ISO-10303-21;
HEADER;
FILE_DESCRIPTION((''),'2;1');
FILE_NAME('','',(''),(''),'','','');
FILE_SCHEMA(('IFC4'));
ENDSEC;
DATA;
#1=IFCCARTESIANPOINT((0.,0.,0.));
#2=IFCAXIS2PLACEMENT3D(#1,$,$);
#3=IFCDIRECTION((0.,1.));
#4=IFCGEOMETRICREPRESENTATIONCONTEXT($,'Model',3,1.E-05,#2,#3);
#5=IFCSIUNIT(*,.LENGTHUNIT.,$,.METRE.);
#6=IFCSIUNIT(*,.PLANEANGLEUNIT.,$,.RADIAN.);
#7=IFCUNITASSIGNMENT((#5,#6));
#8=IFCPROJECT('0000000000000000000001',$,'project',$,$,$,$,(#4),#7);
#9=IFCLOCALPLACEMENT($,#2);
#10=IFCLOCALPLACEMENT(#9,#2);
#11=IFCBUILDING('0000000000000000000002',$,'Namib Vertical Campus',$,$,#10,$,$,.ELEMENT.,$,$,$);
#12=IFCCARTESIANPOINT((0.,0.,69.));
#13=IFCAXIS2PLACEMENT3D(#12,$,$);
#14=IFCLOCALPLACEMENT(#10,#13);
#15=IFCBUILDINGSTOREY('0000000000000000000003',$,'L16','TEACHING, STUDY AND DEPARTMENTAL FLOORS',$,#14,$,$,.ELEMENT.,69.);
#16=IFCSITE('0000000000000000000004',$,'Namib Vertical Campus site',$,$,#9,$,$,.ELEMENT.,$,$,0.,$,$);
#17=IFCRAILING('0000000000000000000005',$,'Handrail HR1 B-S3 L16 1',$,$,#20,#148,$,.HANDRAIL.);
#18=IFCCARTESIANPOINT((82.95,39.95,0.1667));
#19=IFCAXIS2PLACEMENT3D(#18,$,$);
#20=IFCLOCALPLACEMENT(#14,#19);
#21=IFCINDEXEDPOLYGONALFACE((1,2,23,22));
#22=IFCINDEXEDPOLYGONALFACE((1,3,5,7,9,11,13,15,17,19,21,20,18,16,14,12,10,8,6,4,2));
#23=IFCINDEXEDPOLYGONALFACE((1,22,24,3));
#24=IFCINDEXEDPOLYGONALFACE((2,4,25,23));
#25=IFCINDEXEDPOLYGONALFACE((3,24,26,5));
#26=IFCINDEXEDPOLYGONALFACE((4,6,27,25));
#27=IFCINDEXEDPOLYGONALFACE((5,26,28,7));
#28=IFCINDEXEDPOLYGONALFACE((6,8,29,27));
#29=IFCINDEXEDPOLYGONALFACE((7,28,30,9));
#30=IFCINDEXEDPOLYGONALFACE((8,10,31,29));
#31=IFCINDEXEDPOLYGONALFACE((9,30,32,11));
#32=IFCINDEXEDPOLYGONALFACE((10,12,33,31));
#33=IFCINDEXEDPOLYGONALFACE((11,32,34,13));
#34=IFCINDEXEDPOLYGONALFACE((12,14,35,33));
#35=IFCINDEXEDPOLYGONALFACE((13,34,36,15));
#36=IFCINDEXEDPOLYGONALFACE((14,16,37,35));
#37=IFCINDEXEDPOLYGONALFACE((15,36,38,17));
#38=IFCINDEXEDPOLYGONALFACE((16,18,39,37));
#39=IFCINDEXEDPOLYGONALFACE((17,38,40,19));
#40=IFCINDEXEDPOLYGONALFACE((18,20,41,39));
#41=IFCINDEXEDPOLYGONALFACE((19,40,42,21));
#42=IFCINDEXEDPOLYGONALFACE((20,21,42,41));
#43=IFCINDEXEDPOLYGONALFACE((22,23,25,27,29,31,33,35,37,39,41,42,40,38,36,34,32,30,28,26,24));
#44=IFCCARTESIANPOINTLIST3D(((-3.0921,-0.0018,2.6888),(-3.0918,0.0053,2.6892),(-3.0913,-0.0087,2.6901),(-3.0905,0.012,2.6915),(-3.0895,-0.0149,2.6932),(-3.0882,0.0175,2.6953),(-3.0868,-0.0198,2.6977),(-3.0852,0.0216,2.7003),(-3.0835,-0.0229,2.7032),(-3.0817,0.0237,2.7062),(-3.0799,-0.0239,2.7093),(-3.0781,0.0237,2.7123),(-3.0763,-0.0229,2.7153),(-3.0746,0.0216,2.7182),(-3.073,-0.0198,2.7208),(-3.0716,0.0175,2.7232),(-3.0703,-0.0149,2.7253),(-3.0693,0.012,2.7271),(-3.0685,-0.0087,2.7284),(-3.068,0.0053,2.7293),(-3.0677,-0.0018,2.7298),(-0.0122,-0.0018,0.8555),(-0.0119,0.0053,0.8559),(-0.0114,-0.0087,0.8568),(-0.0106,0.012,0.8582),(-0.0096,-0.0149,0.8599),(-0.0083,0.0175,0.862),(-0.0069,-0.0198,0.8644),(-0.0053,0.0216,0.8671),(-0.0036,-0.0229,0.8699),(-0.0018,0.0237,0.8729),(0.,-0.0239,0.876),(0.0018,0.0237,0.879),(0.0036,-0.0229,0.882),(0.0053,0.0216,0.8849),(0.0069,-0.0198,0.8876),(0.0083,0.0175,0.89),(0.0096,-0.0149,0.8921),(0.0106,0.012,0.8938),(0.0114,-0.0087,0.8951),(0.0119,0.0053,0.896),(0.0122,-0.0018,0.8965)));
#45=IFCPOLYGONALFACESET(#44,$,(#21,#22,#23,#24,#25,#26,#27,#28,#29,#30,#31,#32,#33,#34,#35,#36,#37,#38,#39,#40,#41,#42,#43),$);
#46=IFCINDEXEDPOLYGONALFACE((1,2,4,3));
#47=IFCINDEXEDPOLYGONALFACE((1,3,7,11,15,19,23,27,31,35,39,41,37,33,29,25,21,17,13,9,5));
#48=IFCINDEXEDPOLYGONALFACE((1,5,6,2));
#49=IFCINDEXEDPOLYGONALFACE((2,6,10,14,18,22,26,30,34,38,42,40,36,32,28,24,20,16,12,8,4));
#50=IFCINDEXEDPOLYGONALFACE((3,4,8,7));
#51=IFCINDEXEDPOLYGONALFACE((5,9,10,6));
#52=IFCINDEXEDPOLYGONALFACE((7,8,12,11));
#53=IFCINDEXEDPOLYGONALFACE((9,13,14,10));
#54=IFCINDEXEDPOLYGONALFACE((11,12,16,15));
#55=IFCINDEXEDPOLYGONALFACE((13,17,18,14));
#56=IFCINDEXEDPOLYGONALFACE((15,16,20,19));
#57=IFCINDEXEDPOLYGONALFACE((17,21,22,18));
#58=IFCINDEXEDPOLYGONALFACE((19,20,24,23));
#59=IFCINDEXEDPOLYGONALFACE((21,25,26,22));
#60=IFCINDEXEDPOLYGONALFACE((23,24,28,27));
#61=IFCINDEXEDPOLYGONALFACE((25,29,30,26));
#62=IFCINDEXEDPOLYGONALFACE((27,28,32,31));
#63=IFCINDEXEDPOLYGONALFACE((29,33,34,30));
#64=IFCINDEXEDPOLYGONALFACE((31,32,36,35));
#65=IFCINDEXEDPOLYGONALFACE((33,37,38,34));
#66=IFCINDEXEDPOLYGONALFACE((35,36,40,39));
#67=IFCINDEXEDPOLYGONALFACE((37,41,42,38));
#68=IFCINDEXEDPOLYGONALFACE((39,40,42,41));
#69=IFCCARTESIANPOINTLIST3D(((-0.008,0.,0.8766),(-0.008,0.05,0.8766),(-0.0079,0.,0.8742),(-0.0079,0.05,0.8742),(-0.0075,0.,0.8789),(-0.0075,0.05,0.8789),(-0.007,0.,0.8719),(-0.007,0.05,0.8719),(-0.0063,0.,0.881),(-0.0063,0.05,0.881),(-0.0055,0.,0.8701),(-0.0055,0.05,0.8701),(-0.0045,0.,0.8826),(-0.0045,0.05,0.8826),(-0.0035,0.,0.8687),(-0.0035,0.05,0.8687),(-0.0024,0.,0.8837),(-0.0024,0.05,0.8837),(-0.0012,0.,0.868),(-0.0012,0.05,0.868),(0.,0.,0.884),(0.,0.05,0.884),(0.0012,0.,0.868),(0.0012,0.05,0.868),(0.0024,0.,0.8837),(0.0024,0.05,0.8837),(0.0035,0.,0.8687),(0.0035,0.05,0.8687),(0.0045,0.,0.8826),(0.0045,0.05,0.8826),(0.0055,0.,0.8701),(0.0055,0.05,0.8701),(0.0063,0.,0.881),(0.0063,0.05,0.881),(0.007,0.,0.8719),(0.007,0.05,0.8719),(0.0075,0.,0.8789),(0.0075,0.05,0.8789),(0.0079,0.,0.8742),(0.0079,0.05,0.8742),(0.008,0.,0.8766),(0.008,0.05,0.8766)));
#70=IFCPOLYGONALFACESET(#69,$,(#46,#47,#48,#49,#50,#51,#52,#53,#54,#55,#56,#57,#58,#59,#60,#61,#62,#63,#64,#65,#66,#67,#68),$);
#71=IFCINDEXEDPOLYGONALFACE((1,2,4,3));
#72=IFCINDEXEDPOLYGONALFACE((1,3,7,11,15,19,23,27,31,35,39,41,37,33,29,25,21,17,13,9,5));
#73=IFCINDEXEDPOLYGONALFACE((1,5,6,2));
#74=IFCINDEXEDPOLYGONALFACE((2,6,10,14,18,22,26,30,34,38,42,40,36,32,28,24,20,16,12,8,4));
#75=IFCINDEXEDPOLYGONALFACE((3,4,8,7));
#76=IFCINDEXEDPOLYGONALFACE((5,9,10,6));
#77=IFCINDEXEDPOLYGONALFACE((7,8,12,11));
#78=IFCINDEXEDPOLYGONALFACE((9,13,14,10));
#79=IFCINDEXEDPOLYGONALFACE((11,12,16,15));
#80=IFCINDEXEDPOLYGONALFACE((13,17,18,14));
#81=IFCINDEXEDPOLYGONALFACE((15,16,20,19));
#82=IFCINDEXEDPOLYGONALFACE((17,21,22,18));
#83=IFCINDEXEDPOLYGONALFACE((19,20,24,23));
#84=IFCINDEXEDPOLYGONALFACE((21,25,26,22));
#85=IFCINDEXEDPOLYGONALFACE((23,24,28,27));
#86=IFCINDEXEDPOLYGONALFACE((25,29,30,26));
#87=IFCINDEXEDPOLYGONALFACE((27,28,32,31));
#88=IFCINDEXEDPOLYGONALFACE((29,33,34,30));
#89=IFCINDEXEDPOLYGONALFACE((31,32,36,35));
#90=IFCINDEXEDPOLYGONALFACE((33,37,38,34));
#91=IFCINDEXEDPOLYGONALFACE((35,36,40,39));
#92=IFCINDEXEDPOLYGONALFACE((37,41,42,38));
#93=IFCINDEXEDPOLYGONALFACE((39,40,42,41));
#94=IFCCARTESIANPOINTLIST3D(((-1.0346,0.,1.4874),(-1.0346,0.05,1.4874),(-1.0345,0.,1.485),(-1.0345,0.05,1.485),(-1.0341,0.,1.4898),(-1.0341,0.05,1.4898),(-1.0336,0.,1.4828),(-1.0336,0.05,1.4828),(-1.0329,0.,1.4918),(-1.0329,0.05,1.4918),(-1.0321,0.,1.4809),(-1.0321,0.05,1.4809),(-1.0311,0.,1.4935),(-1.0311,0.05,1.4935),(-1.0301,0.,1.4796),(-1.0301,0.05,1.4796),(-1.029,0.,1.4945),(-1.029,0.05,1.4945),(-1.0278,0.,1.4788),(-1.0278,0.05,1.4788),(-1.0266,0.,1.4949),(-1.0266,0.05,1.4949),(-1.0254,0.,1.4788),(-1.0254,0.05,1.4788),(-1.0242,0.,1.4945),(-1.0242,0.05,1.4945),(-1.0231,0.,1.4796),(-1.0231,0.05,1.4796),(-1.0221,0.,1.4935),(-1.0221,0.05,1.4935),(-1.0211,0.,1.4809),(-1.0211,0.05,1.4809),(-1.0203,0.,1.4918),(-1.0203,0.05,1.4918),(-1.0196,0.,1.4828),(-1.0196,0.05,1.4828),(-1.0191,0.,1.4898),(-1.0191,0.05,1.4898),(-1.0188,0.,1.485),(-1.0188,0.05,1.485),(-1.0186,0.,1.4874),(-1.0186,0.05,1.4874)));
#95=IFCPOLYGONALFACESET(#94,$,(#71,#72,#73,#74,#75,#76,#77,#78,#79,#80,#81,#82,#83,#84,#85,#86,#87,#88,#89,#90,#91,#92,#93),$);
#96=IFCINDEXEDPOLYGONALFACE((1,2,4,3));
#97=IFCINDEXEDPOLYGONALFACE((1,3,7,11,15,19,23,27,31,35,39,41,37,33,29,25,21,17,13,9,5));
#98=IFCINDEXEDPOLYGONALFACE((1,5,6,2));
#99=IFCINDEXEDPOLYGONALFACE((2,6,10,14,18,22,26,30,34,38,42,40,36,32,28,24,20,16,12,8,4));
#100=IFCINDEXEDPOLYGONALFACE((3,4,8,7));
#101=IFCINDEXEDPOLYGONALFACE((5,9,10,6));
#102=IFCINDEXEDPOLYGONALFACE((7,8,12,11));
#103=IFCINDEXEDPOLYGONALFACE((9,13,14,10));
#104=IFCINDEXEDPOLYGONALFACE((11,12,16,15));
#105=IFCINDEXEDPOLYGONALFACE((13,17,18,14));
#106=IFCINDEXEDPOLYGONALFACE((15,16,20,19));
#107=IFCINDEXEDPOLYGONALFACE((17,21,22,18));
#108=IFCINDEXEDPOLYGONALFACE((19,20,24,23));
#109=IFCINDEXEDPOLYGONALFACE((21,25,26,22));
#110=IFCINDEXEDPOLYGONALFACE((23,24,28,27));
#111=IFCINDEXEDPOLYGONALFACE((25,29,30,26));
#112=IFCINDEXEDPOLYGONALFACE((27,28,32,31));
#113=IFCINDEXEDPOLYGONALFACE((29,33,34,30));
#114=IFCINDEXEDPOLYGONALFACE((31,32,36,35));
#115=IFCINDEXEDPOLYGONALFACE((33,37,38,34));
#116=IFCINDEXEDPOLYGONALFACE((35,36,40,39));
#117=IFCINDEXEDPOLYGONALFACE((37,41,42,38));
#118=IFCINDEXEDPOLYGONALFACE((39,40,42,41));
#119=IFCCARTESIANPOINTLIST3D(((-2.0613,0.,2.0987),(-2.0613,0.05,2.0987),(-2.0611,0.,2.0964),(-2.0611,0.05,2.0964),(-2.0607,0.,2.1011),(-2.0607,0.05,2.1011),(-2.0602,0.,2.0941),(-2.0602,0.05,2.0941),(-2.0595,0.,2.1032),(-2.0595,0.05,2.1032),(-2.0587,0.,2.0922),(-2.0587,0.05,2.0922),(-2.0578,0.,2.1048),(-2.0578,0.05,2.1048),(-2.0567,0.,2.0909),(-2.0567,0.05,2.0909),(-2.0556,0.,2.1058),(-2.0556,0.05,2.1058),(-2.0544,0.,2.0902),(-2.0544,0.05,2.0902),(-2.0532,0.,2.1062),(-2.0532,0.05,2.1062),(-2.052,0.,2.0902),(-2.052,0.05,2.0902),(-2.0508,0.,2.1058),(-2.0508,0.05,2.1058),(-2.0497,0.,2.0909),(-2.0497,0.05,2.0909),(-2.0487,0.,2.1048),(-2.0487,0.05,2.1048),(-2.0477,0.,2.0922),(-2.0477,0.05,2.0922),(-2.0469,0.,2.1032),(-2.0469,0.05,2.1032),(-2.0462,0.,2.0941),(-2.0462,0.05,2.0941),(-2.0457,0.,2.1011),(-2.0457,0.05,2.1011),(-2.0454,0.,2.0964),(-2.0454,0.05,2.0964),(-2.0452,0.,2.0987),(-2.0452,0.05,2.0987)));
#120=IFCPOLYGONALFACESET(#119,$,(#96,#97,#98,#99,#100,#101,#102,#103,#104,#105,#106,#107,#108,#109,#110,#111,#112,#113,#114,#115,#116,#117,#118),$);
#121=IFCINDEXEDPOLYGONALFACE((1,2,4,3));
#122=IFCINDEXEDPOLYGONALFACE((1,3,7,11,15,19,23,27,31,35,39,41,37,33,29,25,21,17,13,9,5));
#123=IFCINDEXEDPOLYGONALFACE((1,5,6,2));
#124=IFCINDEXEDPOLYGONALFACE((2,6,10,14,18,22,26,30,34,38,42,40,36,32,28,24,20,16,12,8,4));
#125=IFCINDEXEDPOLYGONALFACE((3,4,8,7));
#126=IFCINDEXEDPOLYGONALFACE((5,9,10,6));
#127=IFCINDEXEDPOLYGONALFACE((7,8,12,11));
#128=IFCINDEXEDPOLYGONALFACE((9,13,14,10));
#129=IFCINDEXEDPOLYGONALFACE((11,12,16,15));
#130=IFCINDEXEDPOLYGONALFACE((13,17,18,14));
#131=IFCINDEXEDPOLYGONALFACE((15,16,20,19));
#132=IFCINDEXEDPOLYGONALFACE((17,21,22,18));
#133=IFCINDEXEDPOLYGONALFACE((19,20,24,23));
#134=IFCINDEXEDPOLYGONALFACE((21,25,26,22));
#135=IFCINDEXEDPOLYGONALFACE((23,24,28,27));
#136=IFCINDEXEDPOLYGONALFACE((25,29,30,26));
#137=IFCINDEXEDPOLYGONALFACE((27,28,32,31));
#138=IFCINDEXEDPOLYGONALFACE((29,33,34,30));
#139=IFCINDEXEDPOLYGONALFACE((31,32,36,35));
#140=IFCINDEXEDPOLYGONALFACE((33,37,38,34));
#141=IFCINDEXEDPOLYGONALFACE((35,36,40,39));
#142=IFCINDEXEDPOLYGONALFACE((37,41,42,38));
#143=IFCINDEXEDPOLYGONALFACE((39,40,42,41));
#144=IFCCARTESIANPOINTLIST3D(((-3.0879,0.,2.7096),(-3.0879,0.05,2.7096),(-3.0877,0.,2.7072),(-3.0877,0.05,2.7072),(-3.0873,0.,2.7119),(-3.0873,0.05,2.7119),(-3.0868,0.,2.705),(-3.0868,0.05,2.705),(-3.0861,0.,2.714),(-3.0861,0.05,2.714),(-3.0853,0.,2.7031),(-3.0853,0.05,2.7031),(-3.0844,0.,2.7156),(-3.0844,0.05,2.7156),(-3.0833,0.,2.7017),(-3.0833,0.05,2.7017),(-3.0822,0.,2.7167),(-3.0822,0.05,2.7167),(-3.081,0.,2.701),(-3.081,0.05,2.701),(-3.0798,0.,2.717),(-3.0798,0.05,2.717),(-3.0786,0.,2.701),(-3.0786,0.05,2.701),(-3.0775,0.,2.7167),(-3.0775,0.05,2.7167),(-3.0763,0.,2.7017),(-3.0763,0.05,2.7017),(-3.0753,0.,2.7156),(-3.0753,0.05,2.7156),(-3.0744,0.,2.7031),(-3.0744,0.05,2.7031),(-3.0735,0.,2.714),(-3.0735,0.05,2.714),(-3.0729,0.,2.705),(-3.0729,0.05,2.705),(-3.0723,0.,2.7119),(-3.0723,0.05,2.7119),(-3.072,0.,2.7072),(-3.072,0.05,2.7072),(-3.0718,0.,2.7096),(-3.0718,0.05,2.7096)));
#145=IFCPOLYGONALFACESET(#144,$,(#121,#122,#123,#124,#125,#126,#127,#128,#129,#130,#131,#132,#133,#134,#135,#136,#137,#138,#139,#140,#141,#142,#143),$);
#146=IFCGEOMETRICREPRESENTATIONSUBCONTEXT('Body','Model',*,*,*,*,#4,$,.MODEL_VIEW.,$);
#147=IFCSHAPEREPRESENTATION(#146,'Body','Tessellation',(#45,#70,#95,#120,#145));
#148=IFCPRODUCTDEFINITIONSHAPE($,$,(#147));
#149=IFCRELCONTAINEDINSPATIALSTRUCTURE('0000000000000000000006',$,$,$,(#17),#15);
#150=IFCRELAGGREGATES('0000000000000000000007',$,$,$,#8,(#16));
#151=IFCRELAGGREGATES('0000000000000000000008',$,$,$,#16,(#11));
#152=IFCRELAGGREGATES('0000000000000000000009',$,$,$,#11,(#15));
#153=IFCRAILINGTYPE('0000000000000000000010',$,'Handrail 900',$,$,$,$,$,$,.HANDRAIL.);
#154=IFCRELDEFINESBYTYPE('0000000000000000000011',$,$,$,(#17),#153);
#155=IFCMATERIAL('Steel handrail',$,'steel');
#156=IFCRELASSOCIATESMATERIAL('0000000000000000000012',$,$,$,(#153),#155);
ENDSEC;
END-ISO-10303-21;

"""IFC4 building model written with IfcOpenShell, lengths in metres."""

from ifc_helpers import new_model, si_unit, direction, frame, origin, origin_2d, place, context, subcontext, project, spatial, circle, extrude, material, type_object, element, save


model = new_model("IFC4")

# Units and contexts
model_context = context("Model", 3, precision=1e-05, world=origin(), true_north=direction((0.0, 1.0)))
body_context = subcontext(model_context, "Body", "Model", "MODEL_VIEW")
ifc_project = project(units=[si_unit("LENGTHUNIT", "METRE"), si_unit("PLANEANGLEUNIT", "RADIAN")], contexts=[model_context])

# Site, building, storey
site_placement = place(None, origin())
site = spatial("IfcSite", under=ifc_project, at=site_placement, Name="Namib Vertical Campus site", CompositionType="ELEMENT", RefElevation=0.0)
building_placement = place(site_placement, origin())
building = spatial("IfcBuilding", under=site, at=building_placement, Name="Namib Vertical Campus", CompositionType="ELEMENT")
storey_placement = place(building_placement, frame((0.0, 0.0, 69.0)))
storey = spatial("IfcBuildingStorey", under=building, at=storey_placement, Name="L16", Description="TEACHING, STUDY AND DEPARTMENTAL FLOORS", CompositionType="ELEMENT", Elevation=69.0)

# Railing
ifc_material_1 = material(Name="Steel handrail", Category="steel")
railing_type_1 = type_object("IfcRailingType", Name="Handrail 900", PredefinedType="HANDRAIL", material=ifc_material_1)
railing_1_placement = place(storey_placement, frame((82.95, 39.95, 0.1667)))
element("IfcRailing", 1, at=railing_1_placement, inside=storey, type_object=railing_type_1, Name="Handrail HR1 B-S3 L16 1", PredefinedType="HANDRAIL", context=body_context, shape_type="SweptSolid", body=[
    extrude(circle(Radius=0.0239, at=origin_2d()), frame((0.0, 0.0, 0.876), z_axis=(-0.859291, 0.0, 0.511487), x_axis=(0.0, -1.0, 0.0)), (0.0, 0.0, 1.0), 3.5842),
    extrude(circle(Radius=0.0081, at=origin_2d()), frame((0.0, 0.0, 0.876), z_axis=(0.0, 1.0, 0.0), x_axis=(0.0, 0.0, 1.0)), (0.0, 0.0, 1.0), 0.05),
    extrude(circle(Radius=0.0081, at=origin_2d()), frame((-1.0266, 0.0, 1.4868), z_axis=(0.0, 1.0, 0.0), x_axis=(0.0, 0.0, 1.0)), (0.0, 0.0, 1.0), 0.05),
    extrude(circle(Radius=0.0081, at=origin_2d()), frame((-2.0532, 0.0, 2.0981), z_axis=(0.0, 1.0, 0.0), x_axis=(0.0, 0.0, 1.0)), (0.0, 0.0, 1.0), 0.05),
    extrude(circle(Radius=0.0081, at=origin_2d()), frame((-3.0798, 0.0, 2.709), z_axis=(0.0, 1.0, 0.0), x_axis=(0.0, 0.0, 1.0)), (0.0, 0.0, 1.0), 0.05),
])

save(model, "model.ifc")
